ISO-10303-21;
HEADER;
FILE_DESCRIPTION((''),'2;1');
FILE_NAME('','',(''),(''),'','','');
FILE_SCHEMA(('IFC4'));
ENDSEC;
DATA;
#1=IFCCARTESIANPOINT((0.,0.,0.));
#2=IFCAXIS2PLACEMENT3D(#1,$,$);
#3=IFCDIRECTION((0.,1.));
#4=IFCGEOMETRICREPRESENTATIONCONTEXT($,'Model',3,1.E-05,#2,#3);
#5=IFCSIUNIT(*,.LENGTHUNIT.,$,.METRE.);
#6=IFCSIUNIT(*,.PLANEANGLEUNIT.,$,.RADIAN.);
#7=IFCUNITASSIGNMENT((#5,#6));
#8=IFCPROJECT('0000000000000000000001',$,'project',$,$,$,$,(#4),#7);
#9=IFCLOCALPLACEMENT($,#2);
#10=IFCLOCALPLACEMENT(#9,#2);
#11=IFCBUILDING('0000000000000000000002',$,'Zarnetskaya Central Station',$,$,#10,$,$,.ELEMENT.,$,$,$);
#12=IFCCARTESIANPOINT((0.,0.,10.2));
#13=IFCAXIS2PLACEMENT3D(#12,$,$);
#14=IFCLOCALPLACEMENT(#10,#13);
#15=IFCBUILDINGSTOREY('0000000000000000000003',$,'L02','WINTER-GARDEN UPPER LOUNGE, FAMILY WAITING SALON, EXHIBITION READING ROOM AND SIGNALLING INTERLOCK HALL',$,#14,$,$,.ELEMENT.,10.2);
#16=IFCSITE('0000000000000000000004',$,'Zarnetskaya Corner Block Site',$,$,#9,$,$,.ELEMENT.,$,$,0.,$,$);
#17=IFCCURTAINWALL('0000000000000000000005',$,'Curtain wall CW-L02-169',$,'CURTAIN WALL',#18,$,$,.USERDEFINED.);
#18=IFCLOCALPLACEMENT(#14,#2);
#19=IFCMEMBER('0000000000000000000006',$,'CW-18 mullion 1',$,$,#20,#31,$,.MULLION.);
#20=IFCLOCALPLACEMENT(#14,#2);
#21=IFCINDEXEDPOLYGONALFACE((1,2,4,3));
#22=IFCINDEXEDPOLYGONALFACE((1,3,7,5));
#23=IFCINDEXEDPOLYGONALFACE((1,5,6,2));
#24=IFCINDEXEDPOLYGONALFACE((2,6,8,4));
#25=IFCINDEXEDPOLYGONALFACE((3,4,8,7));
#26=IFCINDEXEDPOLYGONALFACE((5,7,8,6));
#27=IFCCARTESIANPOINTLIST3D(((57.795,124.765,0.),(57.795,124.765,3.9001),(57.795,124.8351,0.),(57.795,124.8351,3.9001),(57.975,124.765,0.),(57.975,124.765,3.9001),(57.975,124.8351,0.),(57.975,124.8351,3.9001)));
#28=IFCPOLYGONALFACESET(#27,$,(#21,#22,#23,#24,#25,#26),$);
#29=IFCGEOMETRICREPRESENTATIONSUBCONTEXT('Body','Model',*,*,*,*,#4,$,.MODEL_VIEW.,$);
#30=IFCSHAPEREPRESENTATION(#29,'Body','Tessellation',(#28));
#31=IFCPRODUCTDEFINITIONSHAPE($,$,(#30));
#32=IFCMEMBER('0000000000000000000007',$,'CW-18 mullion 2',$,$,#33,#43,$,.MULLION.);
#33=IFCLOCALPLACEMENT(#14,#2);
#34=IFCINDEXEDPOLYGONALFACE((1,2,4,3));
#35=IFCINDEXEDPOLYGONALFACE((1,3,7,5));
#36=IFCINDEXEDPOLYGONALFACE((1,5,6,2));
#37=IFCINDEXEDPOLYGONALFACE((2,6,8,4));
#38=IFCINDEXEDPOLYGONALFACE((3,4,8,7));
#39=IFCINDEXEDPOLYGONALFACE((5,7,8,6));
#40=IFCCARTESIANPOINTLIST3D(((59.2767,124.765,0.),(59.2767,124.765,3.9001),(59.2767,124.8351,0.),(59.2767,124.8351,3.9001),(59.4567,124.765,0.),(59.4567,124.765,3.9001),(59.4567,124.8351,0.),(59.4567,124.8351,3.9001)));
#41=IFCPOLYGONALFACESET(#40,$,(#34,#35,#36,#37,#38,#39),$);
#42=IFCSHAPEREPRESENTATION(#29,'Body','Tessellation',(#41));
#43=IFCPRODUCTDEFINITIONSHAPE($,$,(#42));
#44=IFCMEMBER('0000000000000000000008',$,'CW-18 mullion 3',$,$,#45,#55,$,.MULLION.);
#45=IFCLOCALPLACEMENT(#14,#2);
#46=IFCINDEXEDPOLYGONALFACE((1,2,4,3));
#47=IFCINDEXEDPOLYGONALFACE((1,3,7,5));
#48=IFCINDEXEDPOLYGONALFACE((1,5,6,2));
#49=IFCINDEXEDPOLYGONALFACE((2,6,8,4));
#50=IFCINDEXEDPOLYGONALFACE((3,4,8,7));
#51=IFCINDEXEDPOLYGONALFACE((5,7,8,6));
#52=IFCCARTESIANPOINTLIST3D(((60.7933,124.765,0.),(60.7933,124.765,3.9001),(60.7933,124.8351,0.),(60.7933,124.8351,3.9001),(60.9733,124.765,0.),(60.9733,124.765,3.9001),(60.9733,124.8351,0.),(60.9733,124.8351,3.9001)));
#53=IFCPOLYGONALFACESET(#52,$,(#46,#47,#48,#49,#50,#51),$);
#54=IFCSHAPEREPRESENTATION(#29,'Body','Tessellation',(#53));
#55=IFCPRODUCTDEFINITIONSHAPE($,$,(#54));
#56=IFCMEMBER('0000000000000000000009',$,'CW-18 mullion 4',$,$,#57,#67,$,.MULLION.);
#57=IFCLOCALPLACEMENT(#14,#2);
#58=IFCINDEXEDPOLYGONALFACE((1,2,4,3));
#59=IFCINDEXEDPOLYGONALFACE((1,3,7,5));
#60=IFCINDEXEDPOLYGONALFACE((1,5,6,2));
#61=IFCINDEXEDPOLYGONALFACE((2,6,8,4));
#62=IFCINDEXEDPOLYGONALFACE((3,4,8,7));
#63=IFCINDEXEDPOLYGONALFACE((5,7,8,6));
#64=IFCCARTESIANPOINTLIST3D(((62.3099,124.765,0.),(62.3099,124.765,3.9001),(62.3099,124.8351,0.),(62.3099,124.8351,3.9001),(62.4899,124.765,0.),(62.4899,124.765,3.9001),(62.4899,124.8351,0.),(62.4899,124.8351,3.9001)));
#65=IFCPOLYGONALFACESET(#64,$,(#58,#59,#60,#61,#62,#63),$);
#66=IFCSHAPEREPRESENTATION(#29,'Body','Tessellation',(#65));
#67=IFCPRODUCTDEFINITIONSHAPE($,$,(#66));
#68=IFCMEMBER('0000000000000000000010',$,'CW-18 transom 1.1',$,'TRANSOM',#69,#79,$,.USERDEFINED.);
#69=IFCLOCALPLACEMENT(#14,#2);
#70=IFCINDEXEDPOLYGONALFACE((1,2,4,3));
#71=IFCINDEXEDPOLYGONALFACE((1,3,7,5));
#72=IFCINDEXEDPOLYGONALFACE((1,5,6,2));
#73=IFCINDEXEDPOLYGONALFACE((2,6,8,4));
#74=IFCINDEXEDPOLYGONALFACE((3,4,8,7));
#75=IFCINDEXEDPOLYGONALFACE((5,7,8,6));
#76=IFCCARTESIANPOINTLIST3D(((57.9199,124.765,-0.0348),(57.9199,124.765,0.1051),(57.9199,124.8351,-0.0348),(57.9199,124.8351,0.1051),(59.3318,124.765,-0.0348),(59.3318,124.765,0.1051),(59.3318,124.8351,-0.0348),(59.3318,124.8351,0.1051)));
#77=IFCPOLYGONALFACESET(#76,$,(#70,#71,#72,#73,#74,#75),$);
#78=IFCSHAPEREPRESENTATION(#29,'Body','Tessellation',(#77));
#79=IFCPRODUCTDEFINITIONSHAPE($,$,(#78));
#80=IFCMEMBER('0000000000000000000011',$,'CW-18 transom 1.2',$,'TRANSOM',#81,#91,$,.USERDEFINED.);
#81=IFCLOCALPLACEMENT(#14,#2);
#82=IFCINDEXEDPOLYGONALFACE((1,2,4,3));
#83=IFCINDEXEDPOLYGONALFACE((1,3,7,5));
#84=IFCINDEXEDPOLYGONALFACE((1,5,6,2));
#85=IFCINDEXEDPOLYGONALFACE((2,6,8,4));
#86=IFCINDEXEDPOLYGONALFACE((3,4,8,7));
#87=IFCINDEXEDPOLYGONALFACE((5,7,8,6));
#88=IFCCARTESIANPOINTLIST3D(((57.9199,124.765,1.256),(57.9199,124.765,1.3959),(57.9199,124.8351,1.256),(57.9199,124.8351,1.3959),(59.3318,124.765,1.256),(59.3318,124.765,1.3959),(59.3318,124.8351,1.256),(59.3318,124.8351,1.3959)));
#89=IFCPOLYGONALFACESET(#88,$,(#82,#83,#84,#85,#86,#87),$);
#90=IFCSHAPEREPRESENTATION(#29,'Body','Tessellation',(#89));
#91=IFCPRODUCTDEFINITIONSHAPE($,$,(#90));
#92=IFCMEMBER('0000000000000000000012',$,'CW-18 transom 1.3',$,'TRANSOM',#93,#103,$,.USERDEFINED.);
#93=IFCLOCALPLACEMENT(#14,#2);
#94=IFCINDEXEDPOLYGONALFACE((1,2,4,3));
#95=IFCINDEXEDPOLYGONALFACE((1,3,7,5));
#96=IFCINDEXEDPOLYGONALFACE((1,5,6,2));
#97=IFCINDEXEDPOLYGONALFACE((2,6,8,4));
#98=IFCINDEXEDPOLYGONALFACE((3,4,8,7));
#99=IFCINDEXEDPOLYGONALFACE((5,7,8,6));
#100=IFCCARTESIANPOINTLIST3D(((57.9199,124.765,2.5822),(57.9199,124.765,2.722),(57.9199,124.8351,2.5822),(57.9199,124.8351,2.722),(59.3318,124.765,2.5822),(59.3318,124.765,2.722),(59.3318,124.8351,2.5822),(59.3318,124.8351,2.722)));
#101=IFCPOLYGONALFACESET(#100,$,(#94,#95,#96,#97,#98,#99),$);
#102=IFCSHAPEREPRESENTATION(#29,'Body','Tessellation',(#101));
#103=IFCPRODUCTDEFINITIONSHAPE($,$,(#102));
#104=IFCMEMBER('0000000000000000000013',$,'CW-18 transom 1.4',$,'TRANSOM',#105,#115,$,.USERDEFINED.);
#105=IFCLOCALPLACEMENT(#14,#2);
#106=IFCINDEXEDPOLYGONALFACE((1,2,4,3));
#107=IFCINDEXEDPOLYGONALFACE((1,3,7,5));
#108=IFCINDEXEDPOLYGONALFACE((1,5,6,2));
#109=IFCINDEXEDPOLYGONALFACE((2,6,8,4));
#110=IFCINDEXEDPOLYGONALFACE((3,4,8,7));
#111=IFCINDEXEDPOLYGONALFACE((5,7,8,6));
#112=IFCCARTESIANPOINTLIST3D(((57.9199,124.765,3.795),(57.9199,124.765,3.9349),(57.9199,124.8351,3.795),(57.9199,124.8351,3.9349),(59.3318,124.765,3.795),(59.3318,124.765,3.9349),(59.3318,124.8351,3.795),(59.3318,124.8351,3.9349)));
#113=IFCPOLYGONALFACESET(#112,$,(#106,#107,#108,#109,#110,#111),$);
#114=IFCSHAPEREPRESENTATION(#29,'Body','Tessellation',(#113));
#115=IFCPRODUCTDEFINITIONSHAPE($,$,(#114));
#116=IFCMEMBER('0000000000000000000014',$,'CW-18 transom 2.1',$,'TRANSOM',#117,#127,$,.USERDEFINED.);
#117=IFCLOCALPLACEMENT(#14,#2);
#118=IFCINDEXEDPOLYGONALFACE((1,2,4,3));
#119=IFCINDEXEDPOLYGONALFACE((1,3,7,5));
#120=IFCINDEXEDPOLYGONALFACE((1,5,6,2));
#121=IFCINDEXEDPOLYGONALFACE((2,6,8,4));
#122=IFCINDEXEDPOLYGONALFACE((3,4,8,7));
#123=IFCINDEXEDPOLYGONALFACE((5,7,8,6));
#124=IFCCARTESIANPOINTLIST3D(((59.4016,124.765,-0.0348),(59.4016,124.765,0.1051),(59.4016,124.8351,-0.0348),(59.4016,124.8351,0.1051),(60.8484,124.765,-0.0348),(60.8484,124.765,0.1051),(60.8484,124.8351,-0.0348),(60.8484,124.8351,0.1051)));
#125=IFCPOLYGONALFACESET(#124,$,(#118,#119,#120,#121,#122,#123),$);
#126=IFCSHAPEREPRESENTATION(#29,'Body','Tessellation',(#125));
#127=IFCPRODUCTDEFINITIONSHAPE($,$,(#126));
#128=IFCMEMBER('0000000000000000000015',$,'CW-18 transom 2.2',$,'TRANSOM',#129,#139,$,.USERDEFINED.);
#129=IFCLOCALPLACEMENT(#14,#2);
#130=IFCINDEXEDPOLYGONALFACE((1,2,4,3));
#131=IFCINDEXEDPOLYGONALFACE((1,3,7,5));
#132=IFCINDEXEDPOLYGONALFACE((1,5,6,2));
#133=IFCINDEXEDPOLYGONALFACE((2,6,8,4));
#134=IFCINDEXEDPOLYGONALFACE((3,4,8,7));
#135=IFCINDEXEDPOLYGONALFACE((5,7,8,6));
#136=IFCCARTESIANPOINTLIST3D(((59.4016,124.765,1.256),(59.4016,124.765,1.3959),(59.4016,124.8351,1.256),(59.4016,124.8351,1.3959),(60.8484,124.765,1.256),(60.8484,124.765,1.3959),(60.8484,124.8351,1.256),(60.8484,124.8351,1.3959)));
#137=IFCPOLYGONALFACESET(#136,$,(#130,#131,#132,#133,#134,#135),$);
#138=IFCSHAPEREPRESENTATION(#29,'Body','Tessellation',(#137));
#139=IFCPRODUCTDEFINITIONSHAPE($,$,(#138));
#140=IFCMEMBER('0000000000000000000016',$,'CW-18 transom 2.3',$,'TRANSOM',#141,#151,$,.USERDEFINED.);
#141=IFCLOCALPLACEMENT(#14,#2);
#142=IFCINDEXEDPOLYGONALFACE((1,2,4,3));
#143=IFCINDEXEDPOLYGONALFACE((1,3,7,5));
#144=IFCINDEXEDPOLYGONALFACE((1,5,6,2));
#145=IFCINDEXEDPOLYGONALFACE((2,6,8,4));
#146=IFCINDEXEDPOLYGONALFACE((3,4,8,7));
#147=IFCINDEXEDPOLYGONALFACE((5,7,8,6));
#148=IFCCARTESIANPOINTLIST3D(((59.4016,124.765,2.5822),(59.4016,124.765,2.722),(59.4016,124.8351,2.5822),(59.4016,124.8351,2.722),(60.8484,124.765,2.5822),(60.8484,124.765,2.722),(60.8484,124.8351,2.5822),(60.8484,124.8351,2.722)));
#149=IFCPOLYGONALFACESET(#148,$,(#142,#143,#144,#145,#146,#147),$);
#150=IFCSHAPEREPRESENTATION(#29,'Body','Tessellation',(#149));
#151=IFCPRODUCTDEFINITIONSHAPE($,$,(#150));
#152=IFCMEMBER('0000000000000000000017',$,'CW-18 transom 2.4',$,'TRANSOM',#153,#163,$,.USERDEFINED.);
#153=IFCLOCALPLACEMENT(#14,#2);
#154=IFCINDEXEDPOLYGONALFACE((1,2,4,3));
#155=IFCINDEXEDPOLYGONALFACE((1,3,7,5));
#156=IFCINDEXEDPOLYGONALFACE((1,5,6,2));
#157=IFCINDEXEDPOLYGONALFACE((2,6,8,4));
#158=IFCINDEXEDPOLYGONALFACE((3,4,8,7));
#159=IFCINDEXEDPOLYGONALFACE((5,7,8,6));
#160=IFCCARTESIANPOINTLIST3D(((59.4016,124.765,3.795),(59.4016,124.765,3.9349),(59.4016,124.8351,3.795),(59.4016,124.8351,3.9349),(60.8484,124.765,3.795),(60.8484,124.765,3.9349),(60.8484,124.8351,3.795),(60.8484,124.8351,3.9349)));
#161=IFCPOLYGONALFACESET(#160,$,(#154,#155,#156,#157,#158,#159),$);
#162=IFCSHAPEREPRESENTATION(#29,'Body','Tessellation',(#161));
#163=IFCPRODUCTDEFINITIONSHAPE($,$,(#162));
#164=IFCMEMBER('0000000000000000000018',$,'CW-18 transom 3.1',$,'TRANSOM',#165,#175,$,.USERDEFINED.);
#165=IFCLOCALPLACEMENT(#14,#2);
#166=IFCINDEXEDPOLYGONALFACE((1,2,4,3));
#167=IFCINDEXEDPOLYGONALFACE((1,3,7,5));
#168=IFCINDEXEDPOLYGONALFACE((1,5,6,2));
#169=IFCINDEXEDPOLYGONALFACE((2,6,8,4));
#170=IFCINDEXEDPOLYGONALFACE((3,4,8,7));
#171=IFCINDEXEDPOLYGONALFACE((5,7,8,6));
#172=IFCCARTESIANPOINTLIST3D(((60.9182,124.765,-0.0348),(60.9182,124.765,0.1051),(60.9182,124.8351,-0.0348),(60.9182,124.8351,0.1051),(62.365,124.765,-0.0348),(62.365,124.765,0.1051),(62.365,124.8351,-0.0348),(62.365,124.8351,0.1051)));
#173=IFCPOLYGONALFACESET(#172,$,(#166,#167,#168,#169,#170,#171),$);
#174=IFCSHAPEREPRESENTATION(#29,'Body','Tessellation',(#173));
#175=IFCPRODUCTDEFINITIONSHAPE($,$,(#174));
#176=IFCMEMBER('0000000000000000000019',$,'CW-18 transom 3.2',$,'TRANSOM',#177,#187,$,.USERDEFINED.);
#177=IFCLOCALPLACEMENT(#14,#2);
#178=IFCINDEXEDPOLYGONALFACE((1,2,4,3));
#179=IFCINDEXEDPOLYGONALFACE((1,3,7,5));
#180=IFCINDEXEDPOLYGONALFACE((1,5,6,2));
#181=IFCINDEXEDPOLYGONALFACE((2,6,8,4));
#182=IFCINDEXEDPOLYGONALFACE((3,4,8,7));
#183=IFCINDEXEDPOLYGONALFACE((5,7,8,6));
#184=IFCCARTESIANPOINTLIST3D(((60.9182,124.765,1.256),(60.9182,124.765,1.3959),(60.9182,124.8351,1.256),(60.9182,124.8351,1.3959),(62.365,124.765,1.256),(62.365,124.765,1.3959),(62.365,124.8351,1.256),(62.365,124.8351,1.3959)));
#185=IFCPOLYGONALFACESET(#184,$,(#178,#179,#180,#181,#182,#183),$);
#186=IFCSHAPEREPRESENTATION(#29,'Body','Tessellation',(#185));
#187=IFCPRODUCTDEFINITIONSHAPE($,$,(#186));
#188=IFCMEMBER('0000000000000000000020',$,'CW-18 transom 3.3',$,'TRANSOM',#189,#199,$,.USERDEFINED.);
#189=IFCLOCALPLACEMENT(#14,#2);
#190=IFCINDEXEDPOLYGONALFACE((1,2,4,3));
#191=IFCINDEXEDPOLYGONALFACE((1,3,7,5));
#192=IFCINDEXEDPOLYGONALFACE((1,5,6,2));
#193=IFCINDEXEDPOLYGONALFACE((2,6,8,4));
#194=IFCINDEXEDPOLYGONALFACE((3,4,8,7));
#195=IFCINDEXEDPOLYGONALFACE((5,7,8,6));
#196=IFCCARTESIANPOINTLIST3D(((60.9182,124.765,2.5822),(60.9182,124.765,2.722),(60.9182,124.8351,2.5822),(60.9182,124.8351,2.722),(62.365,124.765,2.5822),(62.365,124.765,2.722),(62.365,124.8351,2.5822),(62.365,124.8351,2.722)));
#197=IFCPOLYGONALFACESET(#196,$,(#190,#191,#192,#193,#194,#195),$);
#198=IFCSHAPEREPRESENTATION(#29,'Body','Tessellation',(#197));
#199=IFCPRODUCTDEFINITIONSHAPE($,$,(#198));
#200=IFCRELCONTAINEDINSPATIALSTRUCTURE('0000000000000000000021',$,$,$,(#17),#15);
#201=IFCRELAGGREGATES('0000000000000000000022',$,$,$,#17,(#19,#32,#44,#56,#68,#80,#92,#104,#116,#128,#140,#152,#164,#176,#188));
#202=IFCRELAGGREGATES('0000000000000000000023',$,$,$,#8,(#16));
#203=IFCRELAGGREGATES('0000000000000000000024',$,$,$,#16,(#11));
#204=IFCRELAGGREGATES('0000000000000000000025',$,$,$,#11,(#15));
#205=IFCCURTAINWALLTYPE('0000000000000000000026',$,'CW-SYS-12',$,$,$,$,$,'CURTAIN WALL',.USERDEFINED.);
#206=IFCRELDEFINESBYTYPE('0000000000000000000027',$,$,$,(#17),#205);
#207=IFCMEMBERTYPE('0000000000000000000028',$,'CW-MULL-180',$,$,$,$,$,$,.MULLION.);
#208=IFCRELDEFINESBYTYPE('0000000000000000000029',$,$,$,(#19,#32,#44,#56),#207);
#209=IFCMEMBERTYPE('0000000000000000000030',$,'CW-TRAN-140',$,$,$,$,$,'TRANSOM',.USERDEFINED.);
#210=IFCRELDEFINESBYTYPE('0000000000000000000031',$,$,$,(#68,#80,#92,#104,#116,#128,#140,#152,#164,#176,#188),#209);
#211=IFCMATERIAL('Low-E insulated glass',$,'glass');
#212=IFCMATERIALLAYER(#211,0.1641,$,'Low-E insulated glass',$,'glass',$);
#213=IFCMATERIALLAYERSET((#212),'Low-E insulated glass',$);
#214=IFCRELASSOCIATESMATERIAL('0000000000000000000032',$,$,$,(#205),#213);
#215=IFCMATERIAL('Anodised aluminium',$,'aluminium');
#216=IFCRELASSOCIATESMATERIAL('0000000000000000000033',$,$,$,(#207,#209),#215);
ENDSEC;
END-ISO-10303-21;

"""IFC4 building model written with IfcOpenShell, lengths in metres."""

from ifc_helpers import new_model, si_unit, direction, frame, origin, origin_2d, place, context, subcontext, project, spatial, rectangle, extrude, material, layer, layer_set, material_profile, profile_set, type_object, element, aggregate, save


model = new_model("IFC4")

# Units and contexts
model_context = context("Model", 3, precision=1e-05, world=origin(), true_north=direction((0.0, 1.0)))
body_context = subcontext(model_context, "Body", "Model", "MODEL_VIEW")
ifc_project = project(units=[si_unit("LENGTHUNIT", "METRE"), si_unit("PLANEANGLEUNIT", "RADIAN")], contexts=[model_context])

# Site, building, storey
site_placement = place(None, origin())
site = spatial("IfcSite", under=ifc_project, at=site_placement, Name="Zarnetskaya Corner Block Site", CompositionType="ELEMENT", RefElevation=0.0)
building_placement = place(site_placement, origin())
building = spatial("IfcBuilding", under=site, at=building_placement, Name="Zarnetskaya Central Station", CompositionType="ELEMENT")
storey_placement = place(building_placement, frame((0.0, 0.0, 10.2)))
storey = spatial("IfcBuildingStorey", under=building, at=storey_placement, Name="L02", Description="WINTER-GARDEN UPPER LOUNGE, FAMILY WAITING SALON, EXHIBITION READING ROOM AND SIGNALLING INTERLOCK HALL", CompositionType="ELEMENT", Elevation=10.2)

# Curtain wall, members
ifc_material_1 = material(Name="Low-E insulated glass", Category="glass")
ifc_layer_1 = layer(ifc_material_1, 0.1641, Name="Low-E insulated glass", Category="glass")
ifc_layer_set_1 = layer_set([ifc_layer_1], Name="Low-E insulated glass")
curtain_wall_type = type_object("IfcCurtainWallType", Name="CW-SYS-12", ElementType="CURTAIN WALL", PredefinedType="USERDEFINED", material=ifc_layer_set_1)
curtain_wall_placement = place(storey_placement, origin())
curtain_wall = element("IfcCurtainWall", 1, at=curtain_wall_placement, inside=storey, type_object=curtain_wall_type, Name="Curtain wall CW-L02-169", ObjectType="CURTAIN WALL", PredefinedType="USERDEFINED")
ifc_material_2 = material(Name="Anodised aluminium", Category="aluminium")
ifc_material_profile_1 = material_profile(ifc_material_2, rectangle(XDim=0.0701, YDim=0.1799, at=origin_2d()), Name="ALU MULL 70x180")
ifc_profile_set_1 = profile_set([ifc_material_profile_1], Name="Anodised aluminium")
member_type_1 = type_object("IfcMemberType", Name="CW-MULL-180", PredefinedType="MULLION", material=ifc_profile_set_1)
member_1_placement = place(storey_placement, frame((57.885, 124.8, 0.0), z_axis=(0.0, 0.0, 1.0), x_axis=(0.0, 1.0, 0.0)))
member_1 = element("IfcMember", 2, at=member_1_placement, type_object=member_type_1, Name="CW-18 mullion 1", PredefinedType="MULLION", context=body_context, shape_type="SweptSolid", body=[
    extrude(rectangle(XDim=0.0701, YDim=0.1799, at=origin_2d()), origin(), (0.0, 0.0, 1.0), 3.9001),
])
member_2_placement = place(storey_placement, frame((59.3667, 124.8, 0.0), z_axis=(0.0, 0.0, 1.0), x_axis=(0.0, 1.0, 0.0)))
member_2 = element("IfcMember", 3, at=member_2_placement, type_object=member_type_1, Name="CW-18 mullion 2", PredefinedType="MULLION", context=body_context, shape_type="SweptSolid", body=[
    extrude(rectangle(XDim=0.0701, YDim=0.1799, at=origin_2d()), origin(), (0.0, 0.0, 1.0), 3.9001),
])
member_3_placement = place(storey_placement, frame((60.8833, 124.8, 0.0), z_axis=(0.0, 0.0, 1.0), x_axis=(0.0, 1.0, 0.0)))
member_3 = element("IfcMember", 4, at=member_3_placement, type_object=member_type_1, Name="CW-18 mullion 3", PredefinedType="MULLION", context=body_context, shape_type="SweptSolid", body=[
    extrude(rectangle(XDim=0.0701, YDim=0.1799, at=origin_2d()), origin(), (0.0, 0.0, 1.0), 3.9001),
])
member_4_placement = place(storey_placement, frame((62.3999, 124.8, 0.0), z_axis=(0.0, 0.0, 1.0), x_axis=(0.0, 1.0, 0.0)))
member_4 = element("IfcMember", 5, at=member_4_placement, type_object=member_type_1, Name="CW-18 mullion 4", PredefinedType="MULLION", context=body_context, shape_type="SweptSolid", body=[
    extrude(rectangle(XDim=0.0701, YDim=0.1799, at=origin_2d()), origin(), (0.0, 0.0, 1.0), 3.9001),
])
ifc_material_profile_2 = material_profile(ifc_material_2, rectangle(XDim=0.0701, YDim=0.1399, at=origin_2d()), Name="ALU TRAN 70x140")
ifc_profile_set_2 = profile_set([ifc_material_profile_2], Name="Anodised aluminium")
member_type_2 = type_object("IfcMemberType", Name="CW-TRAN-140", ElementType="TRANSOM", PredefinedType="USERDEFINED", material=ifc_profile_set_2)
member_5_placement = place(storey_placement, frame((57.9199, 124.8, 0.0352), z_axis=(1.0, 0.0, 0.0), x_axis=(0.0, 1.0, 0.0)))
member_5 = element("IfcMember", 6, at=member_5_placement, type_object=member_type_2, Name="CW-18 transom 1.1", ObjectType="TRANSOM", PredefinedType="USERDEFINED", context=body_context, shape_type="SweptSolid", body=[
    extrude(rectangle(XDim=0.0701, YDim=0.1399, at=origin_2d()), origin(), (0.0, 0.0, 1.0), 1.4119),
])
member_6_placement = place(storey_placement, frame((57.9199, 124.8, 1.3259), z_axis=(1.0, 0.0, 0.0), x_axis=(0.0, 1.0, 0.0)))
member_6 = element("IfcMember", 7, at=member_6_placement, type_object=member_type_2, Name="CW-18 transom 1.2", ObjectType="TRANSOM", PredefinedType="USERDEFINED", context=body_context, shape_type="SweptSolid", body=[
    extrude(rectangle(XDim=0.0701, YDim=0.1399, at=origin_2d()), origin(), (0.0, 0.0, 1.0), 1.4119),
])
member_7_placement = place(storey_placement, frame((57.9199, 124.8, 2.6521), z_axis=(1.0, 0.0, 0.0), x_axis=(0.0, 1.0, 0.0)))
member_7 = element("IfcMember", 8, at=member_7_placement, type_object=member_type_2, Name="CW-18 transom 1.3", ObjectType="TRANSOM", PredefinedType="USERDEFINED", context=body_context, shape_type="SweptSolid", body=[
    extrude(rectangle(XDim=0.0701, YDim=0.1399, at=origin_2d()), origin(), (0.0, 0.0, 1.0), 1.4119),
])
member_8_placement = place(storey_placement, frame((57.9199, 124.8, 3.865), z_axis=(1.0, 0.0, 0.0), x_axis=(0.0, 1.0, 0.0)))
member_8 = element("IfcMember", 9, at=member_8_placement, type_object=member_type_2, Name="CW-18 transom 1.4", ObjectType="TRANSOM", PredefinedType="USERDEFINED", context=body_context, shape_type="SweptSolid", body=[
    extrude(rectangle(XDim=0.0701, YDim=0.1399, at=origin_2d()), origin(), (0.0, 0.0, 1.0), 1.4119),
])
member_9_placement = place(storey_placement, frame((59.4016, 124.8, 0.0352), z_axis=(1.0, 0.0, 0.0), x_axis=(0.0, 1.0, 0.0)))
member_9 = element("IfcMember", 10, at=member_9_placement, type_object=member_type_2, Name="CW-18 transom 2.1", ObjectType="TRANSOM", PredefinedType="USERDEFINED", context=body_context, shape_type="SweptSolid", body=[
    extrude(rectangle(XDim=0.0701, YDim=0.1399, at=origin_2d()), origin(), (0.0, 0.0, 1.0), 1.4468),
])
member_10_placement = place(storey_placement, frame((59.4016, 124.8, 1.3259), z_axis=(1.0, 0.0, 0.0), x_axis=(0.0, 1.0, 0.0)))
member_10 = element("IfcMember", 11, at=member_10_placement, type_object=member_type_2, Name="CW-18 transom 2.2", ObjectType="TRANSOM", PredefinedType="USERDEFINED", context=body_context, shape_type="SweptSolid", body=[
    extrude(rectangle(XDim=0.0701, YDim=0.1399, at=origin_2d()), origin(), (0.0, 0.0, 1.0), 1.4468),
])
member_11_placement = place(storey_placement, frame((59.4016, 124.8, 2.6521), z_axis=(1.0, 0.0, 0.0), x_axis=(0.0, 1.0, 0.0)))
member_11 = element("IfcMember", 12, at=member_11_placement, type_object=member_type_2, Name="CW-18 transom 2.3", ObjectType="TRANSOM", PredefinedType="USERDEFINED", context=body_context, shape_type="SweptSolid", body=[
    extrude(rectangle(XDim=0.0701, YDim=0.1399, at=origin_2d()), origin(), (0.0, 0.0, 1.0), 1.4468),
])
member_12_placement = place(storey_placement, frame((59.4016, 124.8, 3.865), z_axis=(1.0, 0.0, 0.0), x_axis=(0.0, 1.0, 0.0)))
member_12 = element("IfcMember", 13, at=member_12_placement, type_object=member_type_2, Name="CW-18 transom 2.4", ObjectType="TRANSOM", PredefinedType="USERDEFINED", context=body_context, shape_type="SweptSolid", body=[
    extrude(rectangle(XDim=0.0701, YDim=0.1399, at=origin_2d()), origin(), (0.0, 0.0, 1.0), 1.4468),
])
member_13_placement = place(storey_placement, frame((60.9182, 124.8, 0.0352), z_axis=(1.0, 0.0, 0.0), x_axis=(0.0, 1.0, 0.0)))
member_13 = element("IfcMember", 14, at=member_13_placement, type_object=member_type_2, Name="CW-18 transom 3.1", ObjectType="TRANSOM", PredefinedType="USERDEFINED", context=body_context, shape_type="SweptSolid", body=[
    extrude(rectangle(XDim=0.0701, YDim=0.1399, at=origin_2d()), origin(), (0.0, 0.0, 1.0), 1.4468),
])
member_14_placement = place(storey_placement, frame((60.9182, 124.8, 1.3259), z_axis=(1.0, 0.0, 0.0), x_axis=(0.0, 1.0, 0.0)))
member_14 = element("IfcMember", 15, at=member_14_placement, type_object=member_type_2, Name="CW-18 transom 3.2", ObjectType="TRANSOM", PredefinedType="USERDEFINED", context=body_context, shape_type="SweptSolid", body=[
    extrude(rectangle(XDim=0.0701, YDim=0.1399, at=origin_2d()), origin(), (0.0, 0.0, 1.0), 1.4468),
])
member_15_placement = place(storey_placement, frame((60.9182, 124.8, 2.6521), z_axis=(1.0, 0.0, 0.0), x_axis=(0.0, 1.0, 0.0)))
member_15 = element("IfcMember", 16, at=member_15_placement, type_object=member_type_2, Name="CW-18 transom 3.3", ObjectType="TRANSOM", PredefinedType="USERDEFINED", context=body_context, shape_type="SweptSolid", body=[
    extrude(rectangle(XDim=0.0701, YDim=0.1399, at=origin_2d()), origin(), (0.0, 0.0, 1.0), 1.4468),
])
aggregate(curtain_wall, [member_1, member_2, member_3, member_4, member_5, member_6, member_7, member_8, member_9, member_10, member_11, member_12, member_13, member_14, member_15])

save(model, "model.ifc")
